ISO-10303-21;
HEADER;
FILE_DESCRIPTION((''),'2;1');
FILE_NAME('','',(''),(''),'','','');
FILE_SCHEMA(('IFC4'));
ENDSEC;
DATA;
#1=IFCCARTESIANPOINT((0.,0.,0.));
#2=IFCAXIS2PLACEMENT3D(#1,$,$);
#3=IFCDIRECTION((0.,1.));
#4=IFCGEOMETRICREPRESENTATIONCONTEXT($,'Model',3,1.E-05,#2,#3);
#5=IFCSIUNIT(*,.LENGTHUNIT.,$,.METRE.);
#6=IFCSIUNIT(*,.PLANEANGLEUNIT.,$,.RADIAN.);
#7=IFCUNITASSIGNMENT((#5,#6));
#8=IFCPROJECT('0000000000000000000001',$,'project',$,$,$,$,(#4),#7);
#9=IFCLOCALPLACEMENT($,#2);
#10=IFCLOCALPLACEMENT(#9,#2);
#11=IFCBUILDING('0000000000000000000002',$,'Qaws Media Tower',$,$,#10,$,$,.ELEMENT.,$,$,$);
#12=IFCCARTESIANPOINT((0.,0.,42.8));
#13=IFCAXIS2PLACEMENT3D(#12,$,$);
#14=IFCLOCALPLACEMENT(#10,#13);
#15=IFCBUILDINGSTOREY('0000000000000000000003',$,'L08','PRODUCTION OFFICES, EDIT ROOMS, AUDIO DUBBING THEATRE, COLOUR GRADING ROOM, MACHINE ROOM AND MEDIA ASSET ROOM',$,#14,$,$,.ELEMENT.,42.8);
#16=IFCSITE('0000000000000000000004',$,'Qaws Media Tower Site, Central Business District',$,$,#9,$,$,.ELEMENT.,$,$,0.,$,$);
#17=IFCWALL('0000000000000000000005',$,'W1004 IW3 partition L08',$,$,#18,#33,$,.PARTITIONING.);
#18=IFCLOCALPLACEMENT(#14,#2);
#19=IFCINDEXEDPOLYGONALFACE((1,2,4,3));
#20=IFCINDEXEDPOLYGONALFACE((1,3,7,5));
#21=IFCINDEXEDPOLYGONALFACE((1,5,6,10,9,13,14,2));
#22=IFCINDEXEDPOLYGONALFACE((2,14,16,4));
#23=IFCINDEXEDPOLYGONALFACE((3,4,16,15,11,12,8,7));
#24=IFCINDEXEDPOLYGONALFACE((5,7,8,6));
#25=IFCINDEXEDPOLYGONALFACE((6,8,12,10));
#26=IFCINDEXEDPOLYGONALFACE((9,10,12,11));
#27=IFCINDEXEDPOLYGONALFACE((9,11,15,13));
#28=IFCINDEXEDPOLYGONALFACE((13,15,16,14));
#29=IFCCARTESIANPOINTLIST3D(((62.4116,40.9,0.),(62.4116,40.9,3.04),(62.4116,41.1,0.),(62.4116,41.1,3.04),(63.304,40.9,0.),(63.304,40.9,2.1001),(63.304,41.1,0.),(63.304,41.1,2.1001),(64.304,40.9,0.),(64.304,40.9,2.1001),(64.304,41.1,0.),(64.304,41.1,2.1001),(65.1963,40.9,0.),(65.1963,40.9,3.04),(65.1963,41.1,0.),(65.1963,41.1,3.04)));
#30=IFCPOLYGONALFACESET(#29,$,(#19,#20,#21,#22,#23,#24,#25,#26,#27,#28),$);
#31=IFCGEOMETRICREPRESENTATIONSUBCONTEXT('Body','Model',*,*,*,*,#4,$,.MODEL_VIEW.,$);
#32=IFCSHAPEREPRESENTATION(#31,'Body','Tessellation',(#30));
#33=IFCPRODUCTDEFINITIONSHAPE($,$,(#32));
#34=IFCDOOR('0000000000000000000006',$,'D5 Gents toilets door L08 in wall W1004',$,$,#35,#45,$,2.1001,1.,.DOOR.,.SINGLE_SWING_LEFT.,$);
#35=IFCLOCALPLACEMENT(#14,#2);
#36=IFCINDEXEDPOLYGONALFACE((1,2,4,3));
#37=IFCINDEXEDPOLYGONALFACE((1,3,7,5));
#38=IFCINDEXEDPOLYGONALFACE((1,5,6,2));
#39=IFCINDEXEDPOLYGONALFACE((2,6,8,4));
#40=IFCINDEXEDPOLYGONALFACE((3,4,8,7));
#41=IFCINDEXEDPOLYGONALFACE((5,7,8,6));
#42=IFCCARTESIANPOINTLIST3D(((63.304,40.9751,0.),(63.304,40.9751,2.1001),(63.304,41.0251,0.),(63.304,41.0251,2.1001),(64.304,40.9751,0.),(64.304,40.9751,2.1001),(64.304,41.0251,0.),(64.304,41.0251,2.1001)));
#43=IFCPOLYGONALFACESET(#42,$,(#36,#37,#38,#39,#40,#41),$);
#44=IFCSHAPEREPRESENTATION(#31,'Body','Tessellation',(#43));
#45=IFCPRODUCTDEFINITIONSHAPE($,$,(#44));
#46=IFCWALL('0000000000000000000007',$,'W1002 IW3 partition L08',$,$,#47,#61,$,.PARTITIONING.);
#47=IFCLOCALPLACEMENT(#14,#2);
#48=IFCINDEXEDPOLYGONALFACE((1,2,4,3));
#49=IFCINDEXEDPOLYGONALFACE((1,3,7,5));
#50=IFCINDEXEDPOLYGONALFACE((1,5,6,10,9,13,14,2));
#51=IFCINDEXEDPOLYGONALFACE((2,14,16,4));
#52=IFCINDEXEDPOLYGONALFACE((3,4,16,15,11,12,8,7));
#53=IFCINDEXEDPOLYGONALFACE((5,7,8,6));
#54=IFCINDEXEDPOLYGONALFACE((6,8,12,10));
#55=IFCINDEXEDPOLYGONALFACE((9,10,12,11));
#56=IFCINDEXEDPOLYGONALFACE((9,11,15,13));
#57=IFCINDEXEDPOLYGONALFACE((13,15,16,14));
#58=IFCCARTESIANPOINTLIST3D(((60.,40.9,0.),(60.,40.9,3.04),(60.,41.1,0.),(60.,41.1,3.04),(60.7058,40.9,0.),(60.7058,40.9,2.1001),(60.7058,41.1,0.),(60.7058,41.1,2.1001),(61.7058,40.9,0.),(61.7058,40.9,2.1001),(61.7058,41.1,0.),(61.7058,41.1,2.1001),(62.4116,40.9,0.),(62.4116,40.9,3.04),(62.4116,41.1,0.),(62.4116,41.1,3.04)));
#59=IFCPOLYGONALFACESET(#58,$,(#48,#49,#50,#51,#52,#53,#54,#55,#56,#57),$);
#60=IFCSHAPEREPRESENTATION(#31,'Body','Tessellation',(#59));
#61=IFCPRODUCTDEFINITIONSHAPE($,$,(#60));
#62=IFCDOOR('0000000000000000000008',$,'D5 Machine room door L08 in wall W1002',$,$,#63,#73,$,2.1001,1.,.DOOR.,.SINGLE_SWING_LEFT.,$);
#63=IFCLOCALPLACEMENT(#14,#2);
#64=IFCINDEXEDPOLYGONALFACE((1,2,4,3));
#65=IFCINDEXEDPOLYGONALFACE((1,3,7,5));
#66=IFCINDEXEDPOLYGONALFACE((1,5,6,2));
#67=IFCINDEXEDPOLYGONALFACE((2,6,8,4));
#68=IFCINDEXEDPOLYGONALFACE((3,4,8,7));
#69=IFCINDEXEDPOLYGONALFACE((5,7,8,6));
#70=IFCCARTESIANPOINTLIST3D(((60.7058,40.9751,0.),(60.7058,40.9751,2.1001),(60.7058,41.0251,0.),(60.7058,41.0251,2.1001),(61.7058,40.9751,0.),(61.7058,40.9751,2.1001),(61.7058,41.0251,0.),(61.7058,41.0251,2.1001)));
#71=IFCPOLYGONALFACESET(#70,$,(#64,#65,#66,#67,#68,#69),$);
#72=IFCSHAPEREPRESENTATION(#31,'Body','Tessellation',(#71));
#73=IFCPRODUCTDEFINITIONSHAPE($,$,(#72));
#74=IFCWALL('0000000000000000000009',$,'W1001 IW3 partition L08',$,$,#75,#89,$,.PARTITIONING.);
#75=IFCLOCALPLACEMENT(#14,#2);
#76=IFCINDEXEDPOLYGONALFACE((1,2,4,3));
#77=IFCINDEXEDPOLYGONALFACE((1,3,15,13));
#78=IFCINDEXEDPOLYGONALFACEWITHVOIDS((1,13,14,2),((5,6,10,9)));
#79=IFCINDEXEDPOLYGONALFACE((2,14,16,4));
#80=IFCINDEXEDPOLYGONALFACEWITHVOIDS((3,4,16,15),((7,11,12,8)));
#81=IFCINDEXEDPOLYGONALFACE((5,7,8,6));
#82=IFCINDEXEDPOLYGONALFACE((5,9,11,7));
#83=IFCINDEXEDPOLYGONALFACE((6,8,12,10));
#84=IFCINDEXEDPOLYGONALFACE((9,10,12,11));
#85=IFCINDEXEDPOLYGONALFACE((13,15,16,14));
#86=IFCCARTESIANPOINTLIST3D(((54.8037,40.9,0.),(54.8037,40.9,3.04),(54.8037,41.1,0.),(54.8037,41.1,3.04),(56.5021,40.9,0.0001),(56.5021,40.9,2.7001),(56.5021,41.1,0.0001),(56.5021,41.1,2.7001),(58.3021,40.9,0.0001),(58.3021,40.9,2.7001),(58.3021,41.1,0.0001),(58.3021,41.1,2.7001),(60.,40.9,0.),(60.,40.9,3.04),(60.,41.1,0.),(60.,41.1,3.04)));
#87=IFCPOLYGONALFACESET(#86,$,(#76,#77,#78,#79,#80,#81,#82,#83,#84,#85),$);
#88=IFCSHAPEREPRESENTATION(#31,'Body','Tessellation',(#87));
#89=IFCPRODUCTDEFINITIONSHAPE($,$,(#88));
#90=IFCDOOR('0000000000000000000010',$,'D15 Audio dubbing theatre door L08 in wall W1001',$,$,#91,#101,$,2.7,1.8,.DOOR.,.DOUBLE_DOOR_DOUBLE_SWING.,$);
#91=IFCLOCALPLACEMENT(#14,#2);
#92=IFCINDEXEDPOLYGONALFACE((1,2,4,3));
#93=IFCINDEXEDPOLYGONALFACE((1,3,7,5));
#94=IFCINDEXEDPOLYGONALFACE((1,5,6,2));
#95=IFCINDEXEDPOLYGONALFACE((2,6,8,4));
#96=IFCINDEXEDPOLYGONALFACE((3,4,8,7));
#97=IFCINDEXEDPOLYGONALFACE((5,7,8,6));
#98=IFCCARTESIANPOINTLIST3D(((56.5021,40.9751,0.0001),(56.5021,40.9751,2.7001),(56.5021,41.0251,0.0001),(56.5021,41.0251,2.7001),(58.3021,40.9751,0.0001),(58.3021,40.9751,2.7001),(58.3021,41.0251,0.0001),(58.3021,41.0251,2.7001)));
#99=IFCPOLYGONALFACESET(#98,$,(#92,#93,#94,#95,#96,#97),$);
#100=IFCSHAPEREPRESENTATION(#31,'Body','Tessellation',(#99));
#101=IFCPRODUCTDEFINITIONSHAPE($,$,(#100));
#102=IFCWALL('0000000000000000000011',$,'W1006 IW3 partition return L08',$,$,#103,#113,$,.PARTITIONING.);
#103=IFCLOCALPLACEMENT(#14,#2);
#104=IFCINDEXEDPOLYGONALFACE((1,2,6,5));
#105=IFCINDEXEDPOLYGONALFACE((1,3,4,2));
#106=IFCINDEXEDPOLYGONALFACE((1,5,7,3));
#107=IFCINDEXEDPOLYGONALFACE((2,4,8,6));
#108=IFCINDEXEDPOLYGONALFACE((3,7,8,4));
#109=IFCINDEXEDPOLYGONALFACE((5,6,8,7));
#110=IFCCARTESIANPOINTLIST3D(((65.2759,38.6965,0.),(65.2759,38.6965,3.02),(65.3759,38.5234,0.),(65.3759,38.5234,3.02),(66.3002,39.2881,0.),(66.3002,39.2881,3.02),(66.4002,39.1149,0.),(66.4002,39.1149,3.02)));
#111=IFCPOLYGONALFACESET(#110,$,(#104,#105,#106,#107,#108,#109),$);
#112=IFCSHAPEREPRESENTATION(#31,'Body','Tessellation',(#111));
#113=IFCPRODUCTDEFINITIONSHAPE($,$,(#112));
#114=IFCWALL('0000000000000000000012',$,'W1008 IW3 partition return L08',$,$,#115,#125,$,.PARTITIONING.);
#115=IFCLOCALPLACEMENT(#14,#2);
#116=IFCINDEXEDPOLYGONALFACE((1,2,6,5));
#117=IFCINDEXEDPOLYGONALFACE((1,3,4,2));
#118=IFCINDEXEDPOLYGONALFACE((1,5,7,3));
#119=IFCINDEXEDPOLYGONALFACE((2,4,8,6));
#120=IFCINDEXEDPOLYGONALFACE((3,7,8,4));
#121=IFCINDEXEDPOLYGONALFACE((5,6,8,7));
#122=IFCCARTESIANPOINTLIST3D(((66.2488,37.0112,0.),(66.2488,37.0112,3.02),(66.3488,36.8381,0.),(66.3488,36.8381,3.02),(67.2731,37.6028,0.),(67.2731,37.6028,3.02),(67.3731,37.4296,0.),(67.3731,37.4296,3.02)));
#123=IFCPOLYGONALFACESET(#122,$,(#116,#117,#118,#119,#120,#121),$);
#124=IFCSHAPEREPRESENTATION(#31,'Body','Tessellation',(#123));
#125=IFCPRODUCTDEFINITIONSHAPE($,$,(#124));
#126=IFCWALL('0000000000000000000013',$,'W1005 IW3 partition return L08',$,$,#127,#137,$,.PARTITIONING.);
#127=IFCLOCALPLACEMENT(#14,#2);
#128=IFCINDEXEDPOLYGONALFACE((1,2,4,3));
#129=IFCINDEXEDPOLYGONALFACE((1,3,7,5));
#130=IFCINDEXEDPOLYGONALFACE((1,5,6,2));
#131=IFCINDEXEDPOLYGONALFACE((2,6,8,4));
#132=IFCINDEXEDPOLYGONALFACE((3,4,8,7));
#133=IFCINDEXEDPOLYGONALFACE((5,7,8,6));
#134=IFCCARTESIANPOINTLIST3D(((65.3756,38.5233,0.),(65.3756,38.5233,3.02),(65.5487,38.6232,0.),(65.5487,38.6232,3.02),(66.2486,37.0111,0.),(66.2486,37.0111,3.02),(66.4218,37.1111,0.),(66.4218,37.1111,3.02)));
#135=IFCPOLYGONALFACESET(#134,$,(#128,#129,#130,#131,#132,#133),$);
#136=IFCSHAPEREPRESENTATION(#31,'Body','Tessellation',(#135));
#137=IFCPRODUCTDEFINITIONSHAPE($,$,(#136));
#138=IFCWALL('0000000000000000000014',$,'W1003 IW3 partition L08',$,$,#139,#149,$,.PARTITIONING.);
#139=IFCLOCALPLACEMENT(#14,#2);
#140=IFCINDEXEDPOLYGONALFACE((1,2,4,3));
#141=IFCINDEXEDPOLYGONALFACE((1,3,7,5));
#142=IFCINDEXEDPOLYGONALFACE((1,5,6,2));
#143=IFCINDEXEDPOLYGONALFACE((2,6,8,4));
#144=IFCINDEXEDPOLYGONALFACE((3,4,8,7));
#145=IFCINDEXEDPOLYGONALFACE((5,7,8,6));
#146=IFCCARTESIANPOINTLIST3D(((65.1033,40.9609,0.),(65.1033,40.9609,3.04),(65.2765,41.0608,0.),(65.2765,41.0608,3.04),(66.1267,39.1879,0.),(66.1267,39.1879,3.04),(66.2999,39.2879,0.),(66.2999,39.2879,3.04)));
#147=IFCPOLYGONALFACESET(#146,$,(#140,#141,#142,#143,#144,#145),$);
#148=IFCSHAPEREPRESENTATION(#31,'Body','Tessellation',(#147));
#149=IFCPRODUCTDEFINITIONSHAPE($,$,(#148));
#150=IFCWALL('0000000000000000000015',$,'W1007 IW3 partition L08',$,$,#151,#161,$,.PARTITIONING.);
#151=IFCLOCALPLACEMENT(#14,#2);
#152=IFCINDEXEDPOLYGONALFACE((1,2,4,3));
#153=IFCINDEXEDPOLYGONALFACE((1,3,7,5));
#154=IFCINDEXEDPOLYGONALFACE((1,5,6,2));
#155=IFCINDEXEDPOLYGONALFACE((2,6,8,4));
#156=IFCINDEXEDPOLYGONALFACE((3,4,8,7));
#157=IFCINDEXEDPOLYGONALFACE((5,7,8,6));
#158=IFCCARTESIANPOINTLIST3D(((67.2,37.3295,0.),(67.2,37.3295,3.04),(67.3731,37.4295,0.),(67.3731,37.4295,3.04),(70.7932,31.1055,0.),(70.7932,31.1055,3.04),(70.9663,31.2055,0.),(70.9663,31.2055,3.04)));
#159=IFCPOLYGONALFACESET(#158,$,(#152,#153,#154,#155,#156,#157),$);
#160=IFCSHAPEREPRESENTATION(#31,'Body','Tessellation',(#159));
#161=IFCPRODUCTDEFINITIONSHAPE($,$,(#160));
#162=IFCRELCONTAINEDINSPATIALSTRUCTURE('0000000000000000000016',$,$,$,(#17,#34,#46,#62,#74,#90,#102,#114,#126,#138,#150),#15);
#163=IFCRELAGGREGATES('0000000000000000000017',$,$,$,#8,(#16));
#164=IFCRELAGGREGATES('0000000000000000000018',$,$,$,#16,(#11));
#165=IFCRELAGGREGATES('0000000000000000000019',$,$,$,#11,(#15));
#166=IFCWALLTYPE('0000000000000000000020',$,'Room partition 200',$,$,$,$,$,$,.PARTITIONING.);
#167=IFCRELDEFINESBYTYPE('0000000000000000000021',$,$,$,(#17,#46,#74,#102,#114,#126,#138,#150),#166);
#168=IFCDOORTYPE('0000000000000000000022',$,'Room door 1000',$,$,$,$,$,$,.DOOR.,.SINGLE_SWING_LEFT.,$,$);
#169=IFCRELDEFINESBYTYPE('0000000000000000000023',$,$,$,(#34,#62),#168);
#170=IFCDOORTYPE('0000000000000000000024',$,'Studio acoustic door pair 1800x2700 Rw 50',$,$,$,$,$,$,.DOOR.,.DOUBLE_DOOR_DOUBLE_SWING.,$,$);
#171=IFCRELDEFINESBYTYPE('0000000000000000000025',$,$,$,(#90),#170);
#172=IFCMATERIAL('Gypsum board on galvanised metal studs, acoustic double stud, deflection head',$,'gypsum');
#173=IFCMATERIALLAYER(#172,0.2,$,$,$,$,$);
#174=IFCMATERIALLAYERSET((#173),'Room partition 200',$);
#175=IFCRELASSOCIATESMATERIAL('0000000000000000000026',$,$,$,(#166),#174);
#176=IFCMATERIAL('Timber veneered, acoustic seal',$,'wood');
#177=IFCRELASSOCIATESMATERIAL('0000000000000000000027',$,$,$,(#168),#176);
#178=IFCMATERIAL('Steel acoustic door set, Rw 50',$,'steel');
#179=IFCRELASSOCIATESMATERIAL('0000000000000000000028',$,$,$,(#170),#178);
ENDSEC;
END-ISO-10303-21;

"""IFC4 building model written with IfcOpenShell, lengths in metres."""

from ifc_helpers import new_model, si_unit, direction, frame, frame_2d, origin, place, context, subcontext, project, spatial, rectangle, extrude, material, layer, layer_set, type_object, element, fill, save


model = new_model("IFC4")

# Units and contexts
model_context = context("Model", 3, precision=1e-05, world=origin(), true_north=direction((0.0, 1.0)))
body_context = subcontext(model_context, "Body", "Model", "MODEL_VIEW")
ifc_project = project(units=[si_unit("LENGTHUNIT", "METRE"), si_unit("PLANEANGLEUNIT", "RADIAN")], contexts=[model_context])

# Site, building, storey
site_placement = place(None, origin())
site = spatial("IfcSite", under=ifc_project, at=site_placement, Name="Qaws Media Tower Site, Central Business District", CompositionType="ELEMENT", RefElevation=0.0)
building_placement = place(site_placement, origin())
building = spatial("IfcBuilding", under=site, at=building_placement, Name="Qaws Media Tower", CompositionType="ELEMENT")
storey_placement = place(building_placement, frame((0.0, 0.0, 42.8)))
storey = spatial("IfcBuildingStorey", under=building, at=storey_placement, Name="L08", Description="PRODUCTION OFFICES, EDIT ROOMS, AUDIO DUBBING THEATRE, COLOUR GRADING ROOM, MACHINE ROOM AND MEDIA ASSET ROOM", CompositionType="ELEMENT", Elevation=42.8)

# Shared definitions
ifc_material_1 = material(Name="Gypsum board on galvanised metal studs, acoustic double stud, deflection head", Category="gypsum")
ifc_layer_1 = layer(ifc_material_1, 0.2)
ifc_layer_set_1 = layer_set([ifc_layer_1], Name="Room partition 200")
wall_type_1 = type_object("IfcWallType", Name="Room partition 200", PredefinedType="PARTITIONING", material=ifc_layer_set_1)

# Walls, openings, doors
wall_1_placement = place(storey_placement, frame((65.1963, 41.0, 0.0), z_axis=(0.0, 0.0, 1.0), x_axis=(-1.0, 0.0, 0.0)))
wall_1 = element("IfcWall", 1, at=wall_1_placement, inside=storey, type_object=wall_type_1, Name="W1004 IW3 partition L08", PredefinedType="PARTITIONING", context=body_context, shape_type="SweptSolid", body=[
    extrude(rectangle(XDim=2.7847, YDim=0.2, at=frame_2d((1.3923, 0.0))), origin(), (0.0, 0.0, 1.0), 3.04),
])
opening_1_placement = place(wall_1_placement, frame((0.8923, 0.0, 0.0)))
opening_1 = element("IfcOpeningElement", 2, at=opening_1_placement, cuts=wall_1, PredefinedType="OPENING", context=body_context, shape_type="SweptSolid", body=[
    extrude(rectangle(XDim=1.0, YDim=2.1001, at=frame_2d((0.5, 1.05))), frame((0.0, 0.1099, 0.0), z_axis=(0.0, -1.0, 0.0), x_axis=(1.0, 0.0, 0.0)), (0.0, 0.0, 1.0), 0.22),
])
ifc_material_2 = material(Name="Timber veneered, acoustic seal", Category="wood")
door_type_1 = type_object("IfcDoorType", Name="Room door 1000", OperationType="SINGLE_SWING_LEFT", PredefinedType="DOOR", material=ifc_material_2)
door_1_placement = place(opening_1_placement, origin())
door_1 = element("IfcDoor", 3, at=door_1_placement, inside=storey, type_object=door_type_1, Name="D5 Gents toilets door L08 in wall W1004", OperationType="SINGLE_SWING_LEFT", OverallHeight=2.1001, OverallWidth=1.0, PredefinedType="DOOR", context=body_context, shape_type="SweptSolid", body=[
    extrude(rectangle(XDim=1.0, YDim=2.1001, at=frame_2d((0.5, 1.05))), frame((0.0, 0.0249, 0.0), z_axis=(0.0, -1.0, 0.0), x_axis=(1.0, 0.0, 0.0)), (0.0, 0.0, 1.0), 0.05),
])
fill(opening_1, door_1)
wall_2_placement = place(storey_placement, frame((62.4116, 41.0, 0.0), z_axis=(0.0, 0.0, 1.0), x_axis=(-1.0, 0.0, 0.0)))
wall_2 = element("IfcWall", 4, at=wall_2_placement, inside=storey, type_object=wall_type_1, Name="W1002 IW3 partition L08", PredefinedType="PARTITIONING", context=body_context, shape_type="SweptSolid", body=[
    extrude(rectangle(XDim=2.4116, YDim=0.2, at=frame_2d((1.2058, 0.0))), origin(), (0.0, 0.0, 1.0), 3.04),
])
opening_2_placement = place(wall_2_placement, frame((0.7058, 0.0, 0.0)))
opening_2 = element("IfcOpeningElement", 5, at=opening_2_placement, cuts=wall_2, PredefinedType="OPENING", context=body_context, shape_type="SweptSolid", body=[
    extrude(rectangle(XDim=1.0, YDim=2.1001, at=frame_2d((0.5, 1.05))), frame((0.0, 0.1099, 0.0), z_axis=(0.0, -1.0, 0.0), x_axis=(1.0, 0.0, 0.0)), (0.0, 0.0, 1.0), 0.22),
])
door_2_placement = place(opening_2_placement, origin())
door_2 = element("IfcDoor", 6, at=door_2_placement, inside=storey, type_object=door_type_1, Name="D5 Machine room door L08 in wall W1002", OperationType="SINGLE_SWING_LEFT", OverallHeight=2.1001, OverallWidth=1.0, PredefinedType="DOOR", context=body_context, shape_type="SweptSolid", body=[
    extrude(rectangle(XDim=1.0, YDim=2.1001, at=frame_2d((0.5, 1.05))), frame((0.0, 0.0249, 0.0), z_axis=(0.0, -1.0, 0.0), x_axis=(1.0, 0.0, 0.0)), (0.0, 0.0, 1.0), 0.05),
])
fill(opening_2, door_2)
wall_3_placement = place(storey_placement, frame((60.0, 41.0, 0.0), z_axis=(0.0, 0.0, 1.0), x_axis=(-1.0, 0.0, 0.0)))
wall_3 = element("IfcWall", 7, at=wall_3_placement, inside=storey, type_object=wall_type_1, Name="W1001 IW3 partition L08", PredefinedType="PARTITIONING", context=body_context, shape_type="SweptSolid", body=[
    extrude(rectangle(XDim=5.1963, YDim=0.2, at=frame_2d((2.5981, 0.0))), origin(), (0.0, 0.0, 1.0), 3.04),
])
opening_3_placement = place(wall_3_placement, frame((1.698, 0.0, 0.0)))
opening_3 = element("IfcOpeningElement", 8, at=opening_3_placement, cuts=wall_3, PredefinedType="OPENING", context=body_context, shape_type="SweptSolid", body=[
    extrude(rectangle(XDim=1.8, YDim=2.7, at=frame_2d((0.8999, 1.3501))), frame((0.0, 0.1099, 0.0), z_axis=(0.0, -1.0, 0.0), x_axis=(1.0, 0.0, 0.0)), (0.0, 0.0, 1.0), 0.22),
])
ifc_material_3 = material(Name="Steel acoustic door set, Rw 50", Category="steel")
door_type_2 = type_object("IfcDoorType", Name="Studio acoustic door pair 1800x2700 Rw 50", OperationType="DOUBLE_DOOR_DOUBLE_SWING", PredefinedType="DOOR", material=ifc_material_3)
door_3_placement = place(opening_3_placement, origin())
door_3 = element("IfcDoor", 9, at=door_3_placement, inside=storey, type_object=door_type_2, Name="D15 Audio dubbing theatre door L08 in wall W1001", OperationType="DOUBLE_DOOR_DOUBLE_SWING", OverallHeight=2.7, OverallWidth=1.8, PredefinedType="DOOR", context=body_context, shape_type="SweptSolid", body=[
    extrude(rectangle(XDim=1.8, YDim=2.7, at=frame_2d((0.8999, 1.3501))), frame((0.0, 0.0249, 0.0), z_axis=(0.0, -1.0, 0.0), x_axis=(1.0, 0.0, 0.0)), (0.0, 0.0, 1.0), 0.05),
])
fill(opening_3, door_3)

# Walls
for number, where, z_axis, x_axis, name in (
    (10, (66.3501, 39.2014, 0.0), (0.0, 0.0, 1.0), (-0.865986, -0.500068, 0.0), "W1006 IW3 partition return L08"),
    (11, (67.323, 37.5161, 0.0), (0.0, 0.0, 1.0), (-0.865986, -0.500068, 0.0), "W1008 IW3 partition return L08"),
):
    element("IfcWall", number, at=place(storey_placement, frame(where, z_axis=z_axis, x_axis=x_axis)), inside=storey, type_object=wall_type_1, Name=name, PredefinedType="PARTITIONING", context=body_context, shape_type="SweptSolid", body=[
        extrude(rectangle(XDim=1.1829, YDim=0.2, at=frame_2d((0.5913, 0.0))), origin(), (0.0, 0.0, 1.0), 3.02),
    ])
wall_4_placement = place(storey_placement, frame((65.4622, 38.5732, 0.0), z_axis=(0.0, 0.0, 1.0), x_axis=(0.499989, -0.866032, 0.0)))
element("IfcWall", 12, at=wall_4_placement, inside=storey, type_object=wall_type_1, Name="W1005 IW3 partition return L08", PredefinedType="PARTITIONING", context=body_context, shape_type="SweptSolid", body=[
    extrude(rectangle(XDim=1.7461, YDim=0.2, at=frame_2d((0.873, 0.0))), origin(), (0.0, 0.0, 1.0), 3.02),
])
wall_5_placement = place(storey_placement, frame((65.1899, 41.0107, 0.0), z_axis=(0.0, 0.0, 1.0), x_axis=(0.499936, -0.866062, 0.0)))
element("IfcWall", 13, at=wall_5_placement, inside=storey, type_object=wall_type_1, Name="W1003 IW3 partition L08", PredefinedType="PARTITIONING", context=body_context, shape_type="SweptSolid", body=[
    extrude(rectangle(XDim=2.0471, YDim=0.2, at=frame_2d((1.0234, 0.0))), origin(), (0.0, 0.0, 1.0), 3.04),
])
wall_6_placement = place(storey_placement, frame((67.2866, 37.3794, 0.0), z_axis=(0.0, 0.0, 1.0), x_axis=(0.499975, -0.86604, 0.0)))
element("IfcWall", 14, at=wall_6_placement, inside=storey, type_object=wall_type_1, Name="W1007 IW3 partition L08", PredefinedType="PARTITIONING", context=body_context, shape_type="SweptSolid", body=[
    extrude(rectangle(XDim=7.1868, YDim=0.2, at=frame_2d((3.5933, 0.0))), origin(), (0.0, 0.0, 1.0), 3.04),
])

save(model, "model.ifc")
